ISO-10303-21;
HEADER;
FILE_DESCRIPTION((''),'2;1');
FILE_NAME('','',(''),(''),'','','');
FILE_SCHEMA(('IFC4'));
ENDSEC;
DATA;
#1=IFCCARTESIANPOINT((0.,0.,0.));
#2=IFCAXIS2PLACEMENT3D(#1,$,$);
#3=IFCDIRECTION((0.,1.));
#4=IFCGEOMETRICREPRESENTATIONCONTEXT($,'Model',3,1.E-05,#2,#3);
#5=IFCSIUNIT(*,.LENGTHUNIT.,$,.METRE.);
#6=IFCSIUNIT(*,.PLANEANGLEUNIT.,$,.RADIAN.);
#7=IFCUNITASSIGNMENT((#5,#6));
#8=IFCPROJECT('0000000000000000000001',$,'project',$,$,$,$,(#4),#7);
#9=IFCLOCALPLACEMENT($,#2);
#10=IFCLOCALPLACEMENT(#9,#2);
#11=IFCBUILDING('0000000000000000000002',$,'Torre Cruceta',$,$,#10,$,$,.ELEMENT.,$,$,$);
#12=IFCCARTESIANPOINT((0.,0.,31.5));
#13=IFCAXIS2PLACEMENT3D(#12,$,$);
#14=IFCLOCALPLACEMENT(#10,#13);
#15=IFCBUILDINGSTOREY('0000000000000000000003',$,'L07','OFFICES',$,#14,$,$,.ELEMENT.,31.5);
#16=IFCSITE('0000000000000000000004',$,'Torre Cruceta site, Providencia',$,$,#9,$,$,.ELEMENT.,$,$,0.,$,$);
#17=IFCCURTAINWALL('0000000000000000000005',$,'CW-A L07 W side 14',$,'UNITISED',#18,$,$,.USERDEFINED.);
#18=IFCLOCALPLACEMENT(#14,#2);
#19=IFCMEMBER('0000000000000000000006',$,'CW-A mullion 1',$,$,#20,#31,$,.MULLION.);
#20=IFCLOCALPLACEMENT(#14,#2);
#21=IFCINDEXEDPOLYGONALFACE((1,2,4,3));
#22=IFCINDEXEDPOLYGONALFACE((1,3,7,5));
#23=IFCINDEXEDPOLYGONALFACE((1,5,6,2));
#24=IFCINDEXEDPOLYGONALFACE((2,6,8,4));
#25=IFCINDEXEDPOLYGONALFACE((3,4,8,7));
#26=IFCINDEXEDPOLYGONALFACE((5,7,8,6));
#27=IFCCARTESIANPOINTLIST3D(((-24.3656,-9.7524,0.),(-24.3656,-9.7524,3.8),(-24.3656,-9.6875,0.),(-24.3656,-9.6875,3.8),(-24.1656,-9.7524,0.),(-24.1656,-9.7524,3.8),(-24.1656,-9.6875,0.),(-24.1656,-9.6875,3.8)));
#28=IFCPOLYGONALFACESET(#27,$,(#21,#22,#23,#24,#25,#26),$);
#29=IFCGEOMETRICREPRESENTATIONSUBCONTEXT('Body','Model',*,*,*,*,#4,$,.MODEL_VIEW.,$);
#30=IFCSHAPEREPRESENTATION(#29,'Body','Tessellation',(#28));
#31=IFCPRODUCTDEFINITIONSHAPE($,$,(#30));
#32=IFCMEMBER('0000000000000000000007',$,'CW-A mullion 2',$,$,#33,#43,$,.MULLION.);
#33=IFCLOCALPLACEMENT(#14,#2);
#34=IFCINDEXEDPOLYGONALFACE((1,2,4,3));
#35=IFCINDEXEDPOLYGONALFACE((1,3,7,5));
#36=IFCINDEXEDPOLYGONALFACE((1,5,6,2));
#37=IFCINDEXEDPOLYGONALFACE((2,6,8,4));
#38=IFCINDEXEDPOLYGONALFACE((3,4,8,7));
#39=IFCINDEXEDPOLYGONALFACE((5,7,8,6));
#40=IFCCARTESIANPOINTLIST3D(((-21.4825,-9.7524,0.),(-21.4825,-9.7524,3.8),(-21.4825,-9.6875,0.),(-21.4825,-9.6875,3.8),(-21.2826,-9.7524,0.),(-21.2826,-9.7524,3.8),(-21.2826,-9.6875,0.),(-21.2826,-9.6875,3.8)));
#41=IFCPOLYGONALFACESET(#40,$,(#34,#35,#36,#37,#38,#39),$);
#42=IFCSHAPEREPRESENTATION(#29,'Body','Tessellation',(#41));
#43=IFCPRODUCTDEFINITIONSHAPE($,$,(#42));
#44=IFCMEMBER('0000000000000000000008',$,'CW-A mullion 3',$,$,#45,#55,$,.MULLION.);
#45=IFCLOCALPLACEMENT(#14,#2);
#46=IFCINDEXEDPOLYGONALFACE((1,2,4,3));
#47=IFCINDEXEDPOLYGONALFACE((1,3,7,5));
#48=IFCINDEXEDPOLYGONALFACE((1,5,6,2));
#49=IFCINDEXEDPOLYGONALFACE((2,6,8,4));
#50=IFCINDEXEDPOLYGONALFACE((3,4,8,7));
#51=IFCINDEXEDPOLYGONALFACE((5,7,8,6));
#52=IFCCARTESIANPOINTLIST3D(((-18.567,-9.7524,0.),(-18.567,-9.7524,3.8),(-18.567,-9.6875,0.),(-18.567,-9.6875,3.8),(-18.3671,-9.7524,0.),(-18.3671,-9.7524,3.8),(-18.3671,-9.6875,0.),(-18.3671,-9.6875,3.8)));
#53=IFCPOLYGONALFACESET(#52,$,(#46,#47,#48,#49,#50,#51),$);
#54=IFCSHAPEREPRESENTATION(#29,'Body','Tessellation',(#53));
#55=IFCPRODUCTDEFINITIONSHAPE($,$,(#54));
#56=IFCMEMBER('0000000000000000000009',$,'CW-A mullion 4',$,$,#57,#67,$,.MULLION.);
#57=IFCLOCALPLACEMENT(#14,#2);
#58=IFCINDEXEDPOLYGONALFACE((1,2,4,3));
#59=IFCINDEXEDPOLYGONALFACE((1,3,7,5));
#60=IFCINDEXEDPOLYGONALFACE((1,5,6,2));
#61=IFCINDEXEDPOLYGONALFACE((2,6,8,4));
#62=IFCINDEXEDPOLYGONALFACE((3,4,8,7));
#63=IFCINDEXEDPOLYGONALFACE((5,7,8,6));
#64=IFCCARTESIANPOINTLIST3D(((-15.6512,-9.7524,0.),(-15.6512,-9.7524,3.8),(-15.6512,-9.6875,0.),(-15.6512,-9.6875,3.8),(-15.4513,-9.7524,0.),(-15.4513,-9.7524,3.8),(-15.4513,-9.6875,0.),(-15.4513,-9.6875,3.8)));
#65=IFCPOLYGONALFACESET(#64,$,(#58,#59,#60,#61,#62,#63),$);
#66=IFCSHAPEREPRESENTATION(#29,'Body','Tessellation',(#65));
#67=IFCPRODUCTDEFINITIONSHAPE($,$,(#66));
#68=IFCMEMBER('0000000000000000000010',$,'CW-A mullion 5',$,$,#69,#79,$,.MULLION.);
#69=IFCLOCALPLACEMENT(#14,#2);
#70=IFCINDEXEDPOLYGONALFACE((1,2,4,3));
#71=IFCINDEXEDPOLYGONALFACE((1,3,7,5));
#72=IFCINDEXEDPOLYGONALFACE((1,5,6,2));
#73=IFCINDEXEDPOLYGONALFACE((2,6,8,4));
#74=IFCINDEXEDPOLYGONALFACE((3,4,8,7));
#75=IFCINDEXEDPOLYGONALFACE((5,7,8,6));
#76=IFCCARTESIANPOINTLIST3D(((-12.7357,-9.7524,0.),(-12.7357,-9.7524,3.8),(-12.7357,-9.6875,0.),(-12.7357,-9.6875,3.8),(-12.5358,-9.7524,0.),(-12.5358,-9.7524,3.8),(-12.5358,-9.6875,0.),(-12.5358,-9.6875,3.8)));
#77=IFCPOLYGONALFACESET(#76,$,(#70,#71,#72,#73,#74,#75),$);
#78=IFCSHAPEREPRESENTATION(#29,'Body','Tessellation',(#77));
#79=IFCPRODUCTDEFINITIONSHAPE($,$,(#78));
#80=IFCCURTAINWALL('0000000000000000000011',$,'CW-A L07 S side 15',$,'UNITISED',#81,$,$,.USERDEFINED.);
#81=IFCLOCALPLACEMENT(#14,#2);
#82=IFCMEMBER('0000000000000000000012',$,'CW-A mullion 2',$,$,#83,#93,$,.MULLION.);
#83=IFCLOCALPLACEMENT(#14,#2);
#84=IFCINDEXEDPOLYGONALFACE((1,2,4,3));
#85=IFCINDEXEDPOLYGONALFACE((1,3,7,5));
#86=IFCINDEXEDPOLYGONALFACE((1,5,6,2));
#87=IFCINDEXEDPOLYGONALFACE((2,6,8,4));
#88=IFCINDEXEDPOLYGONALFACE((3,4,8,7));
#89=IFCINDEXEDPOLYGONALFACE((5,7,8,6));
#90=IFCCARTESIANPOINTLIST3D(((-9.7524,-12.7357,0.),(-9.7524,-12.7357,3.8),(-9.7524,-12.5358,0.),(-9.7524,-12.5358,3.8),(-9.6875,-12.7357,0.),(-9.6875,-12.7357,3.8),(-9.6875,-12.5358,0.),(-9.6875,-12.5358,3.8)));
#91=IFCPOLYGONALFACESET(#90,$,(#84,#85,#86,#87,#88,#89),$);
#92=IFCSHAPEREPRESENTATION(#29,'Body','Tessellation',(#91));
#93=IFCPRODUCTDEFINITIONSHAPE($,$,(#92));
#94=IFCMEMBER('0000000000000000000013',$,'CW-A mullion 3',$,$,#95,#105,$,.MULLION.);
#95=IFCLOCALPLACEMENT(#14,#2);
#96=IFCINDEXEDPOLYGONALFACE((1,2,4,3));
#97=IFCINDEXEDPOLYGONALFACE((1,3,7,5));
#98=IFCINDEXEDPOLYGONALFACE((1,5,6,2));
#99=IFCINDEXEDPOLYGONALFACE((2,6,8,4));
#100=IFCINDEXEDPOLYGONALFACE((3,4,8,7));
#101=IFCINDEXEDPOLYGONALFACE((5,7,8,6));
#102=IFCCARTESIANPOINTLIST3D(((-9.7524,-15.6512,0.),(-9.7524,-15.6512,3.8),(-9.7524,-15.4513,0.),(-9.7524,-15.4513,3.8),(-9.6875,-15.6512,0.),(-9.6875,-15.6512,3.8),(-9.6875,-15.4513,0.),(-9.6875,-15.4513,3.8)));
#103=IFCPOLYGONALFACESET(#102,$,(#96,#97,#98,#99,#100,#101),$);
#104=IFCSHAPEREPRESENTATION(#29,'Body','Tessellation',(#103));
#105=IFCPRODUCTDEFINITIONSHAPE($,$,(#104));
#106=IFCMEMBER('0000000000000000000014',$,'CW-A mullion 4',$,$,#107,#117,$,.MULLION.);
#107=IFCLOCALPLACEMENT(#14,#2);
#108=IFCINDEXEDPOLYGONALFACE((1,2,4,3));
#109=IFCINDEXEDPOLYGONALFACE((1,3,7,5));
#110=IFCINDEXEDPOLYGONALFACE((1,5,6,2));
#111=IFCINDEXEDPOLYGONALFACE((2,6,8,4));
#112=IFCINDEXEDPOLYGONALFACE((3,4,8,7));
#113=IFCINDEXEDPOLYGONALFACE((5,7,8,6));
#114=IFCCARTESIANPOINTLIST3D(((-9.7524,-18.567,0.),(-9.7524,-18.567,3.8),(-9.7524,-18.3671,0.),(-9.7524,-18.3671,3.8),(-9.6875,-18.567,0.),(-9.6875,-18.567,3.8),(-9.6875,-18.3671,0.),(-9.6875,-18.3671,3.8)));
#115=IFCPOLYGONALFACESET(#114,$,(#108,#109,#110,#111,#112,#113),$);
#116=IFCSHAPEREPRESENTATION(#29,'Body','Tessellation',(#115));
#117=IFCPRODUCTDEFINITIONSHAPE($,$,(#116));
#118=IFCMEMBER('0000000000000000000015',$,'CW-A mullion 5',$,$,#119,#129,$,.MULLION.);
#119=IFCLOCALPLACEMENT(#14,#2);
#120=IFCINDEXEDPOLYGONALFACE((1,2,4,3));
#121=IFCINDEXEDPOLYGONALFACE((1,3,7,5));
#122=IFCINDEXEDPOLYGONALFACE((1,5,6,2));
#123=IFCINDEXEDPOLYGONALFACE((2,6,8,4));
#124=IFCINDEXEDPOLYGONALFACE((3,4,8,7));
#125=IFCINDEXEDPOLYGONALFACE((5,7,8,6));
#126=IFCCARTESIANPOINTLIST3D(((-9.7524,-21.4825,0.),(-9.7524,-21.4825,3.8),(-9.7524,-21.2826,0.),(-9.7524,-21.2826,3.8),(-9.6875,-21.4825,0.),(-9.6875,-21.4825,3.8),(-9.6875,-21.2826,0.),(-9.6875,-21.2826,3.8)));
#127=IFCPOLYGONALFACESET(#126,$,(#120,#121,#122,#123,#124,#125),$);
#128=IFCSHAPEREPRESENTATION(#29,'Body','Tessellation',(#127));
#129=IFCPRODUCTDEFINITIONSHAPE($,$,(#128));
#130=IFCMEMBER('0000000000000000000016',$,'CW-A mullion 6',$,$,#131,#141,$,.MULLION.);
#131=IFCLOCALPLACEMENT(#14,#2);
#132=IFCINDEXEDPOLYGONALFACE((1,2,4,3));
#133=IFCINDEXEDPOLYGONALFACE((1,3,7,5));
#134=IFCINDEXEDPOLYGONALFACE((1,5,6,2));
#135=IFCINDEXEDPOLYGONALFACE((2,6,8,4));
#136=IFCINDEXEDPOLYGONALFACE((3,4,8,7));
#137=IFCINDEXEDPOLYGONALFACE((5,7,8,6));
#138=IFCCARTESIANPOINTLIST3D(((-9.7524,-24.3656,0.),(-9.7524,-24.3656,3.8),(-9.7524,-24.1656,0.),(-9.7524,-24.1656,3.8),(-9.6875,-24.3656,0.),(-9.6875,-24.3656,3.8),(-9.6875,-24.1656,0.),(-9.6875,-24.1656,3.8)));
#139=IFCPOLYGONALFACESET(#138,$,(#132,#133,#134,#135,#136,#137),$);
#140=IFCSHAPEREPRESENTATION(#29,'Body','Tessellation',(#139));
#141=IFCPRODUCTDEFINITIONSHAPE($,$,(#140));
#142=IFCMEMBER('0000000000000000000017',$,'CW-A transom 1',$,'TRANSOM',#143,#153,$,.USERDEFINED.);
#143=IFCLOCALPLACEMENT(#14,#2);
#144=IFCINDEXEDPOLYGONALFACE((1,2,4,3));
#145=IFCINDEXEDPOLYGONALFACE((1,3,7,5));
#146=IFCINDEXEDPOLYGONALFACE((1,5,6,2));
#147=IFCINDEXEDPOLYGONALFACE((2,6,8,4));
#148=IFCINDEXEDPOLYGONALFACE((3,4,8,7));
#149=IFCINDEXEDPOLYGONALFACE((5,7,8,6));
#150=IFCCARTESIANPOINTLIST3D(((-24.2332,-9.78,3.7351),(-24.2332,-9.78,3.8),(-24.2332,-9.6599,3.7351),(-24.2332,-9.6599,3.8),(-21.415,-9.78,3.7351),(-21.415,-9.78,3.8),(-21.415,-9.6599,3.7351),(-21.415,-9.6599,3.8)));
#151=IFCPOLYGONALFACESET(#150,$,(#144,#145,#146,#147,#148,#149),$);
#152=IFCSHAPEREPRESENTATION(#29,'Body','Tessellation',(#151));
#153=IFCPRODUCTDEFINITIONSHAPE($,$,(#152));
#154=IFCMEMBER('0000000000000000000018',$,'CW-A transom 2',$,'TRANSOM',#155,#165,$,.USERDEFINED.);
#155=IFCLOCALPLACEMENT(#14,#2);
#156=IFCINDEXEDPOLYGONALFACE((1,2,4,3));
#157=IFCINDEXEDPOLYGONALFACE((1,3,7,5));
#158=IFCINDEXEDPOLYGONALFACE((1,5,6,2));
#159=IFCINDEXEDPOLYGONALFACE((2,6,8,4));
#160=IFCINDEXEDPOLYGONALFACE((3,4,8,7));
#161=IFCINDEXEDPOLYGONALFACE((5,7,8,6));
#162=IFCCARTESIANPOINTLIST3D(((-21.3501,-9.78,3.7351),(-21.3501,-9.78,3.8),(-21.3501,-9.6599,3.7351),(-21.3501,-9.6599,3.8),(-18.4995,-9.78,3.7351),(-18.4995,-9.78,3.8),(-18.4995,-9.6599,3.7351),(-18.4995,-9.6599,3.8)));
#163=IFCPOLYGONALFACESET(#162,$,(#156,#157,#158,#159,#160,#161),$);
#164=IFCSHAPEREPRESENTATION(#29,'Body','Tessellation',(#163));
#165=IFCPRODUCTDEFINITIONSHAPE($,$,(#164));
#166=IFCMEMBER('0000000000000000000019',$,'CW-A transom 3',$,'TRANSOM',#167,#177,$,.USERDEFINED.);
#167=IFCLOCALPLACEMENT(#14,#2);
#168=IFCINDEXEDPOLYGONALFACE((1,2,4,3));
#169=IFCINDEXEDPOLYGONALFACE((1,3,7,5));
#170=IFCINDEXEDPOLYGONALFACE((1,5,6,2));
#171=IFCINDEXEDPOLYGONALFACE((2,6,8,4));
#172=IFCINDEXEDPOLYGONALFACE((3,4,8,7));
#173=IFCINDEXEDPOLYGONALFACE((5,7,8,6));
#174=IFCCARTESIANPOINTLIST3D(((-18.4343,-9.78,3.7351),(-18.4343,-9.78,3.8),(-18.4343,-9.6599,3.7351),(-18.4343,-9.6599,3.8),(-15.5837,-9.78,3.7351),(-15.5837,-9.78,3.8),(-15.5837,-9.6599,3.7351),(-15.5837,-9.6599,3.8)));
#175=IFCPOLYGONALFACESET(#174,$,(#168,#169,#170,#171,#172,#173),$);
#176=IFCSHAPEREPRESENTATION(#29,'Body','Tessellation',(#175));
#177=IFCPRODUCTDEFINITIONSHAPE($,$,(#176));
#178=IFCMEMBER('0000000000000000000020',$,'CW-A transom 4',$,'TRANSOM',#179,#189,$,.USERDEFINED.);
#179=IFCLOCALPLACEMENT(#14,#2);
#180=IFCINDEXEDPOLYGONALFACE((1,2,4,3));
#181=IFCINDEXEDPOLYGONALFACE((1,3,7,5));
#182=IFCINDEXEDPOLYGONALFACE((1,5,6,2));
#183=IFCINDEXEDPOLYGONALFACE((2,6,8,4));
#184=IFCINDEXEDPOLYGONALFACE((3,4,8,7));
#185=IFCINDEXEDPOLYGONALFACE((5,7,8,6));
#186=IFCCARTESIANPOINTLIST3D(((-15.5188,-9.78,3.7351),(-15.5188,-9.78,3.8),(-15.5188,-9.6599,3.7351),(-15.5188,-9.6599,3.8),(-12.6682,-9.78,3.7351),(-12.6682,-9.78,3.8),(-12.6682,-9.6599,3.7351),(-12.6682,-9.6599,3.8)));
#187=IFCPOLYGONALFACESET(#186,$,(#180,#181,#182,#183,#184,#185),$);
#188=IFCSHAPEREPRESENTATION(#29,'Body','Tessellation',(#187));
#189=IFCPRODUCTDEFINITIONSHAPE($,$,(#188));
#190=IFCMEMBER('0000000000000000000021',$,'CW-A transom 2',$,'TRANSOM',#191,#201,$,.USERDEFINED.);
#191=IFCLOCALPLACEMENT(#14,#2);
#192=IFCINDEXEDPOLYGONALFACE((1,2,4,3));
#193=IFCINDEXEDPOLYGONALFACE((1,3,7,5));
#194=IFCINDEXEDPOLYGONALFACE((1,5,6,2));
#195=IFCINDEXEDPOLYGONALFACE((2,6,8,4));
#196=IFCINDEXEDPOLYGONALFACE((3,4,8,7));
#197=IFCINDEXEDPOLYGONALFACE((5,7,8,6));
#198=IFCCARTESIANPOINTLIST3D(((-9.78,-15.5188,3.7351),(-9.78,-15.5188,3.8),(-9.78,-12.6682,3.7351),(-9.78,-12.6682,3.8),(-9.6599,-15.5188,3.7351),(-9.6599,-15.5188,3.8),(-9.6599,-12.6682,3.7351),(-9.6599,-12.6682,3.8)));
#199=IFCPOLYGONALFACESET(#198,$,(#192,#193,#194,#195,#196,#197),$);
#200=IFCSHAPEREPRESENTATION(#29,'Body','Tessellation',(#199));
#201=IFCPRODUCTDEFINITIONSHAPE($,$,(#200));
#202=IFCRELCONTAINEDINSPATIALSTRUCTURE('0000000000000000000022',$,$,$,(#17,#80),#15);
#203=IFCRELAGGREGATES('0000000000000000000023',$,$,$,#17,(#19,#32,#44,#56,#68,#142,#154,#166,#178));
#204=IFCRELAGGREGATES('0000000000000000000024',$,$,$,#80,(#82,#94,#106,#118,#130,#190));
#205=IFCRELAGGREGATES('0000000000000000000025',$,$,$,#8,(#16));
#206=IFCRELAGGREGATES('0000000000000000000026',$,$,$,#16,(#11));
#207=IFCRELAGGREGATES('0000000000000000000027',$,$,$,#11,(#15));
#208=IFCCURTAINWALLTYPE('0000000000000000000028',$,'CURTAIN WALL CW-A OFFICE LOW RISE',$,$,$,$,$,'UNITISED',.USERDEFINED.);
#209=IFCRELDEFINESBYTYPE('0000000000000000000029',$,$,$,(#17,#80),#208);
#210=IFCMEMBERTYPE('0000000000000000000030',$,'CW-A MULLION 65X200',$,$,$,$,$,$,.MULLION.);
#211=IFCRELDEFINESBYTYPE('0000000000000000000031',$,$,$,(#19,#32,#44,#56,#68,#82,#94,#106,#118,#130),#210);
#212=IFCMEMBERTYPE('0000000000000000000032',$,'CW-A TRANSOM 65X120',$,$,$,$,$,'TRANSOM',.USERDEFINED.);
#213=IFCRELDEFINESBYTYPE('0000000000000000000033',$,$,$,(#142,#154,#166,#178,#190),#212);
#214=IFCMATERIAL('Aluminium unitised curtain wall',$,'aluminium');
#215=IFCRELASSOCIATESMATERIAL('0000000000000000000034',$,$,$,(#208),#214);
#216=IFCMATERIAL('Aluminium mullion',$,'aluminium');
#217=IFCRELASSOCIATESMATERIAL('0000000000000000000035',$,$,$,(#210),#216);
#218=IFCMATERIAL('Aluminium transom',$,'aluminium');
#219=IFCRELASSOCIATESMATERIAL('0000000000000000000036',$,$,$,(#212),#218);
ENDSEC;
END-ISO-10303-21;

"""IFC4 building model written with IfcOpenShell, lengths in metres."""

from ifc_helpers import new_model, si_unit, direction, frame, origin, origin_2d, place, context, subcontext, project, spatial, rectangle, extrude, material, material_profile, profile_set, type_object, element, aggregate, save


model = new_model("IFC4")

# Units and contexts
model_context = context("Model", 3, precision=1e-05, world=origin(), true_north=direction((0.0, 1.0)))
body_context = subcontext(model_context, "Body", "Model", "MODEL_VIEW")
ifc_project = project(units=[si_unit("LENGTHUNIT", "METRE"), si_unit("PLANEANGLEUNIT", "RADIAN")], contexts=[model_context])

# Site, building, storey
site_placement = place(None, origin())
site = spatial("IfcSite", under=ifc_project, at=site_placement, Name="Torre Cruceta site, Providencia", CompositionType="ELEMENT", RefElevation=0.0)
building_placement = place(site_placement, origin())
building = spatial("IfcBuilding", under=site, at=building_placement, Name="Torre Cruceta", CompositionType="ELEMENT")
storey_placement = place(building_placement, frame((0.0, 0.0, 31.5)))
storey = spatial("IfcBuildingStorey", under=building, at=storey_placement, Name="L07", Description="OFFICES", CompositionType="ELEMENT", Elevation=31.5)

# Curtain walls, members
ifc_material_1 = material(Name="Aluminium unitised curtain wall", Category="aluminium")
curtain_wall_type = type_object("IfcCurtainWallType", Name="CURTAIN WALL CW-A OFFICE LOW RISE", ElementType="UNITISED", PredefinedType="USERDEFINED", material=ifc_material_1)
curtain_wall_1_placement = place(storey_placement, origin())
curtain_wall_1 = element("IfcCurtainWall", 1, at=curtain_wall_1_placement, inside=storey, type_object=curtain_wall_type, Name="CW-A L07 W side 14", ObjectType="UNITISED", PredefinedType="USERDEFINED")
ifc_material_2 = material(Name="Aluminium mullion", Category="aluminium")
ifc_material_profile_1 = material_profile(ifc_material_2, rectangle(XDim=0.0649, YDim=0.2, at=origin_2d()), Name="AL 65X200")
ifc_profile_set_1 = profile_set([ifc_material_profile_1], Name="Aluminium mullion")
member_type_1 = type_object("IfcMemberType", Name="CW-A MULLION 65X200", PredefinedType="MULLION", material=ifc_profile_set_1)
member_1_placement = place(storey_placement, frame((-24.2656, -9.72, 0.0), z_axis=(0.0, 0.0, 1.0), x_axis=(0.0, 1.0, 0.0)))
member_1 = element("IfcMember", 2, at=member_1_placement, type_object=member_type_1, Name="CW-A mullion 1", PredefinedType="MULLION", context=body_context, shape_type="SweptSolid", body=[
    extrude(rectangle(XDim=0.0649, YDim=0.2, at=origin_2d()), origin(), (0.0, 0.0, 1.0), 3.8),
])
member_2_placement = place(storey_placement, frame((-21.3826, -9.72, 0.0), z_axis=(0.0, 0.0, 1.0), x_axis=(0.0, 1.0, 0.0)))
member_2 = element("IfcMember", 3, at=member_2_placement, type_object=member_type_1, Name="CW-A mullion 2", PredefinedType="MULLION", context=body_context, shape_type="SweptSolid", body=[
    extrude(rectangle(XDim=0.0649, YDim=0.2, at=origin_2d()), origin(), (0.0, 0.0, 1.0), 3.8),
])
member_3_placement = place(storey_placement, frame((-18.467, -9.72, 0.0), z_axis=(0.0, 0.0, 1.0), x_axis=(0.0, 1.0, 0.0)))
member_3 = element("IfcMember", 4, at=member_3_placement, type_object=member_type_1, Name="CW-A mullion 3", PredefinedType="MULLION", context=body_context, shape_type="SweptSolid", body=[
    extrude(rectangle(XDim=0.0649, YDim=0.2, at=origin_2d()), origin(), (0.0, 0.0, 1.0), 3.8),
])
member_4_placement = place(storey_placement, frame((-15.5513, -9.72, 0.0), z_axis=(0.0, 0.0, 1.0), x_axis=(0.0, 1.0, 0.0)))
member_4 = element("IfcMember", 5, at=member_4_placement, type_object=member_type_1, Name="CW-A mullion 4", PredefinedType="MULLION", context=body_context, shape_type="SweptSolid", body=[
    extrude(rectangle(XDim=0.0649, YDim=0.2, at=origin_2d()), origin(), (0.0, 0.0, 1.0), 3.8),
])
member_5_placement = place(storey_placement, frame((-12.6357, -9.72, 0.0), z_axis=(0.0, 0.0, 1.0), x_axis=(0.0, 1.0, 0.0)))
member_5 = element("IfcMember", 6, at=member_5_placement, type_object=member_type_1, Name="CW-A mullion 5", PredefinedType="MULLION", context=body_context, shape_type="SweptSolid", body=[
    extrude(rectangle(XDim=0.0649, YDim=0.2, at=origin_2d()), origin(), (0.0, 0.0, 1.0), 3.8),
])
curtain_wall_2_placement = place(storey_placement, origin())
curtain_wall_2 = element("IfcCurtainWall", 7, at=curtain_wall_2_placement, inside=storey, type_object=curtain_wall_type, Name="CW-A L07 S side 15", ObjectType="UNITISED", PredefinedType="USERDEFINED")
member_6_placement = place(storey_placement, frame((-9.72, -12.6357, 0.0), z_axis=(0.0, 0.0, 1.0), x_axis=(1.0, 0.0, 0.0)))
member_6 = element("IfcMember", 8, at=member_6_placement, type_object=member_type_1, Name="CW-A mullion 2", PredefinedType="MULLION", context=body_context, shape_type="SweptSolid", body=[
    extrude(rectangle(XDim=0.0649, YDim=0.2, at=origin_2d()), origin(), (0.0, 0.0, 1.0), 3.8),
])
member_7_placement = place(storey_placement, frame((-9.72, -15.5513, 0.0), z_axis=(0.0, 0.0, 1.0), x_axis=(1.0, 0.0, 0.0)))
member_7 = element("IfcMember", 9, at=member_7_placement, type_object=member_type_1, Name="CW-A mullion 3", PredefinedType="MULLION", context=body_context, shape_type="SweptSolid", body=[
    extrude(rectangle(XDim=0.0649, YDim=0.2, at=origin_2d()), origin(), (0.0, 0.0, 1.0), 3.8),
])
member_8_placement = place(storey_placement, frame((-9.72, -18.467, 0.0), z_axis=(0.0, 0.0, 1.0), x_axis=(1.0, 0.0, 0.0)))
member_8 = element("IfcMember", 10, at=member_8_placement, type_object=member_type_1, Name="CW-A mullion 4", PredefinedType="MULLION", context=body_context, shape_type="SweptSolid", body=[
    extrude(rectangle(XDim=0.0649, YDim=0.2, at=origin_2d()), origin(), (0.0, 0.0, 1.0), 3.8),
])
member_9_placement = place(storey_placement, frame((-9.72, -21.3826, 0.0), z_axis=(0.0, 0.0, 1.0), x_axis=(1.0, 0.0, 0.0)))
member_9 = element("IfcMember", 11, at=member_9_placement, type_object=member_type_1, Name="CW-A mullion 5", PredefinedType="MULLION", context=body_context, shape_type="SweptSolid", body=[
    extrude(rectangle(XDim=0.0649, YDim=0.2, at=origin_2d()), origin(), (0.0, 0.0, 1.0), 3.8),
])
member_10_placement = place(storey_placement, frame((-9.72, -24.2656, 0.0), z_axis=(0.0, 0.0, 1.0), x_axis=(1.0, 0.0, 0.0)))
member_10 = element("IfcMember", 12, at=member_10_placement, type_object=member_type_1, Name="CW-A mullion 6", PredefinedType="MULLION", context=body_context, shape_type="SweptSolid", body=[
    extrude(rectangle(XDim=0.0649, YDim=0.2, at=origin_2d()), origin(), (0.0, 0.0, 1.0), 3.8),
])

# Members
ifc_material_3 = material(Name="Aluminium transom", Category="aluminium")
ifc_material_profile_2 = material_profile(ifc_material_3, rectangle(XDim=0.1201, YDim=0.0649, at=origin_2d()), Name="AL 120X65")
ifc_profile_set_2 = profile_set([ifc_material_profile_2], Name="Aluminium transom")
member_type_2 = type_object("IfcMemberType", Name="CW-A TRANSOM 65X120", ElementType="TRANSOM", PredefinedType="USERDEFINED", material=ifc_profile_set_2)
member_11_placement = place(storey_placement, frame((-24.2332, -9.72, 3.7676), z_axis=(1.0, 0.0, 0.0), x_axis=(0.0, 1.0, 0.0)))
member_11 = element("IfcMember", 13, at=member_11_placement, type_object=member_type_2, Name="CW-A transom 1", ObjectType="TRANSOM", PredefinedType="USERDEFINED", context=body_context, shape_type="SweptSolid", body=[
    extrude(rectangle(XDim=0.1201, YDim=0.0649, at=origin_2d()), origin(), (0.0, 0.0, 1.0), 2.8181),
])
member_12_placement = place(storey_placement, frame((-21.3501, -9.72, 3.7676), z_axis=(1.0, 0.0, 0.0), x_axis=(0.0, 1.0, 0.0)))
member_12 = element("IfcMember", 14, at=member_12_placement, type_object=member_type_2, Name="CW-A transom 2", ObjectType="TRANSOM", PredefinedType="USERDEFINED", context=body_context, shape_type="SweptSolid", body=[
    extrude(rectangle(XDim=0.1201, YDim=0.0649, at=origin_2d()), origin(), (0.0, 0.0, 1.0), 2.8506),
])
member_13_placement = place(storey_placement, frame((-18.4343, -9.72, 3.7676), z_axis=(1.0, 0.0, 0.0), x_axis=(0.0, 1.0, 0.0)))
member_13 = element("IfcMember", 15, at=member_13_placement, type_object=member_type_2, Name="CW-A transom 3", ObjectType="TRANSOM", PredefinedType="USERDEFINED", context=body_context, shape_type="SweptSolid", body=[
    extrude(rectangle(XDim=0.1201, YDim=0.0649, at=origin_2d()), origin(), (0.0, 0.0, 1.0), 2.8506),
])
member_14_placement = place(storey_placement, frame((-15.5188, -9.72, 3.7676), z_axis=(1.0, 0.0, 0.0), x_axis=(0.0, 1.0, 0.0)))
member_14 = element("IfcMember", 16, at=member_14_placement, type_object=member_type_2, Name="CW-A transom 4", ObjectType="TRANSOM", PredefinedType="USERDEFINED", context=body_context, shape_type="SweptSolid", body=[
    extrude(rectangle(XDim=0.1201, YDim=0.0649, at=origin_2d()), origin(), (0.0, 0.0, 1.0), 2.8506),
])
member_15_placement = place(storey_placement, frame((-9.72, -12.6682, 3.7676), z_axis=(0.0, -1.0, 0.0), x_axis=(1.0, 0.0, 0.0)))
member_15 = element("IfcMember", 17, at=member_15_placement, type_object=member_type_2, Name="CW-A transom 2", ObjectType="TRANSOM", PredefinedType="USERDEFINED", context=body_context, shape_type="SweptSolid", body=[
    extrude(rectangle(XDim=0.1201, YDim=0.0649, at=origin_2d()), origin(), (0.0, 0.0, 1.0), 2.8506),
])

aggregate(curtain_wall_1, [member_1, member_2, member_3, member_4, member_5, member_11, member_12, member_13, member_14])
aggregate(curtain_wall_2, [member_6, member_7, member_8, member_9, member_10, member_15])

save(model, "model.ifc")
